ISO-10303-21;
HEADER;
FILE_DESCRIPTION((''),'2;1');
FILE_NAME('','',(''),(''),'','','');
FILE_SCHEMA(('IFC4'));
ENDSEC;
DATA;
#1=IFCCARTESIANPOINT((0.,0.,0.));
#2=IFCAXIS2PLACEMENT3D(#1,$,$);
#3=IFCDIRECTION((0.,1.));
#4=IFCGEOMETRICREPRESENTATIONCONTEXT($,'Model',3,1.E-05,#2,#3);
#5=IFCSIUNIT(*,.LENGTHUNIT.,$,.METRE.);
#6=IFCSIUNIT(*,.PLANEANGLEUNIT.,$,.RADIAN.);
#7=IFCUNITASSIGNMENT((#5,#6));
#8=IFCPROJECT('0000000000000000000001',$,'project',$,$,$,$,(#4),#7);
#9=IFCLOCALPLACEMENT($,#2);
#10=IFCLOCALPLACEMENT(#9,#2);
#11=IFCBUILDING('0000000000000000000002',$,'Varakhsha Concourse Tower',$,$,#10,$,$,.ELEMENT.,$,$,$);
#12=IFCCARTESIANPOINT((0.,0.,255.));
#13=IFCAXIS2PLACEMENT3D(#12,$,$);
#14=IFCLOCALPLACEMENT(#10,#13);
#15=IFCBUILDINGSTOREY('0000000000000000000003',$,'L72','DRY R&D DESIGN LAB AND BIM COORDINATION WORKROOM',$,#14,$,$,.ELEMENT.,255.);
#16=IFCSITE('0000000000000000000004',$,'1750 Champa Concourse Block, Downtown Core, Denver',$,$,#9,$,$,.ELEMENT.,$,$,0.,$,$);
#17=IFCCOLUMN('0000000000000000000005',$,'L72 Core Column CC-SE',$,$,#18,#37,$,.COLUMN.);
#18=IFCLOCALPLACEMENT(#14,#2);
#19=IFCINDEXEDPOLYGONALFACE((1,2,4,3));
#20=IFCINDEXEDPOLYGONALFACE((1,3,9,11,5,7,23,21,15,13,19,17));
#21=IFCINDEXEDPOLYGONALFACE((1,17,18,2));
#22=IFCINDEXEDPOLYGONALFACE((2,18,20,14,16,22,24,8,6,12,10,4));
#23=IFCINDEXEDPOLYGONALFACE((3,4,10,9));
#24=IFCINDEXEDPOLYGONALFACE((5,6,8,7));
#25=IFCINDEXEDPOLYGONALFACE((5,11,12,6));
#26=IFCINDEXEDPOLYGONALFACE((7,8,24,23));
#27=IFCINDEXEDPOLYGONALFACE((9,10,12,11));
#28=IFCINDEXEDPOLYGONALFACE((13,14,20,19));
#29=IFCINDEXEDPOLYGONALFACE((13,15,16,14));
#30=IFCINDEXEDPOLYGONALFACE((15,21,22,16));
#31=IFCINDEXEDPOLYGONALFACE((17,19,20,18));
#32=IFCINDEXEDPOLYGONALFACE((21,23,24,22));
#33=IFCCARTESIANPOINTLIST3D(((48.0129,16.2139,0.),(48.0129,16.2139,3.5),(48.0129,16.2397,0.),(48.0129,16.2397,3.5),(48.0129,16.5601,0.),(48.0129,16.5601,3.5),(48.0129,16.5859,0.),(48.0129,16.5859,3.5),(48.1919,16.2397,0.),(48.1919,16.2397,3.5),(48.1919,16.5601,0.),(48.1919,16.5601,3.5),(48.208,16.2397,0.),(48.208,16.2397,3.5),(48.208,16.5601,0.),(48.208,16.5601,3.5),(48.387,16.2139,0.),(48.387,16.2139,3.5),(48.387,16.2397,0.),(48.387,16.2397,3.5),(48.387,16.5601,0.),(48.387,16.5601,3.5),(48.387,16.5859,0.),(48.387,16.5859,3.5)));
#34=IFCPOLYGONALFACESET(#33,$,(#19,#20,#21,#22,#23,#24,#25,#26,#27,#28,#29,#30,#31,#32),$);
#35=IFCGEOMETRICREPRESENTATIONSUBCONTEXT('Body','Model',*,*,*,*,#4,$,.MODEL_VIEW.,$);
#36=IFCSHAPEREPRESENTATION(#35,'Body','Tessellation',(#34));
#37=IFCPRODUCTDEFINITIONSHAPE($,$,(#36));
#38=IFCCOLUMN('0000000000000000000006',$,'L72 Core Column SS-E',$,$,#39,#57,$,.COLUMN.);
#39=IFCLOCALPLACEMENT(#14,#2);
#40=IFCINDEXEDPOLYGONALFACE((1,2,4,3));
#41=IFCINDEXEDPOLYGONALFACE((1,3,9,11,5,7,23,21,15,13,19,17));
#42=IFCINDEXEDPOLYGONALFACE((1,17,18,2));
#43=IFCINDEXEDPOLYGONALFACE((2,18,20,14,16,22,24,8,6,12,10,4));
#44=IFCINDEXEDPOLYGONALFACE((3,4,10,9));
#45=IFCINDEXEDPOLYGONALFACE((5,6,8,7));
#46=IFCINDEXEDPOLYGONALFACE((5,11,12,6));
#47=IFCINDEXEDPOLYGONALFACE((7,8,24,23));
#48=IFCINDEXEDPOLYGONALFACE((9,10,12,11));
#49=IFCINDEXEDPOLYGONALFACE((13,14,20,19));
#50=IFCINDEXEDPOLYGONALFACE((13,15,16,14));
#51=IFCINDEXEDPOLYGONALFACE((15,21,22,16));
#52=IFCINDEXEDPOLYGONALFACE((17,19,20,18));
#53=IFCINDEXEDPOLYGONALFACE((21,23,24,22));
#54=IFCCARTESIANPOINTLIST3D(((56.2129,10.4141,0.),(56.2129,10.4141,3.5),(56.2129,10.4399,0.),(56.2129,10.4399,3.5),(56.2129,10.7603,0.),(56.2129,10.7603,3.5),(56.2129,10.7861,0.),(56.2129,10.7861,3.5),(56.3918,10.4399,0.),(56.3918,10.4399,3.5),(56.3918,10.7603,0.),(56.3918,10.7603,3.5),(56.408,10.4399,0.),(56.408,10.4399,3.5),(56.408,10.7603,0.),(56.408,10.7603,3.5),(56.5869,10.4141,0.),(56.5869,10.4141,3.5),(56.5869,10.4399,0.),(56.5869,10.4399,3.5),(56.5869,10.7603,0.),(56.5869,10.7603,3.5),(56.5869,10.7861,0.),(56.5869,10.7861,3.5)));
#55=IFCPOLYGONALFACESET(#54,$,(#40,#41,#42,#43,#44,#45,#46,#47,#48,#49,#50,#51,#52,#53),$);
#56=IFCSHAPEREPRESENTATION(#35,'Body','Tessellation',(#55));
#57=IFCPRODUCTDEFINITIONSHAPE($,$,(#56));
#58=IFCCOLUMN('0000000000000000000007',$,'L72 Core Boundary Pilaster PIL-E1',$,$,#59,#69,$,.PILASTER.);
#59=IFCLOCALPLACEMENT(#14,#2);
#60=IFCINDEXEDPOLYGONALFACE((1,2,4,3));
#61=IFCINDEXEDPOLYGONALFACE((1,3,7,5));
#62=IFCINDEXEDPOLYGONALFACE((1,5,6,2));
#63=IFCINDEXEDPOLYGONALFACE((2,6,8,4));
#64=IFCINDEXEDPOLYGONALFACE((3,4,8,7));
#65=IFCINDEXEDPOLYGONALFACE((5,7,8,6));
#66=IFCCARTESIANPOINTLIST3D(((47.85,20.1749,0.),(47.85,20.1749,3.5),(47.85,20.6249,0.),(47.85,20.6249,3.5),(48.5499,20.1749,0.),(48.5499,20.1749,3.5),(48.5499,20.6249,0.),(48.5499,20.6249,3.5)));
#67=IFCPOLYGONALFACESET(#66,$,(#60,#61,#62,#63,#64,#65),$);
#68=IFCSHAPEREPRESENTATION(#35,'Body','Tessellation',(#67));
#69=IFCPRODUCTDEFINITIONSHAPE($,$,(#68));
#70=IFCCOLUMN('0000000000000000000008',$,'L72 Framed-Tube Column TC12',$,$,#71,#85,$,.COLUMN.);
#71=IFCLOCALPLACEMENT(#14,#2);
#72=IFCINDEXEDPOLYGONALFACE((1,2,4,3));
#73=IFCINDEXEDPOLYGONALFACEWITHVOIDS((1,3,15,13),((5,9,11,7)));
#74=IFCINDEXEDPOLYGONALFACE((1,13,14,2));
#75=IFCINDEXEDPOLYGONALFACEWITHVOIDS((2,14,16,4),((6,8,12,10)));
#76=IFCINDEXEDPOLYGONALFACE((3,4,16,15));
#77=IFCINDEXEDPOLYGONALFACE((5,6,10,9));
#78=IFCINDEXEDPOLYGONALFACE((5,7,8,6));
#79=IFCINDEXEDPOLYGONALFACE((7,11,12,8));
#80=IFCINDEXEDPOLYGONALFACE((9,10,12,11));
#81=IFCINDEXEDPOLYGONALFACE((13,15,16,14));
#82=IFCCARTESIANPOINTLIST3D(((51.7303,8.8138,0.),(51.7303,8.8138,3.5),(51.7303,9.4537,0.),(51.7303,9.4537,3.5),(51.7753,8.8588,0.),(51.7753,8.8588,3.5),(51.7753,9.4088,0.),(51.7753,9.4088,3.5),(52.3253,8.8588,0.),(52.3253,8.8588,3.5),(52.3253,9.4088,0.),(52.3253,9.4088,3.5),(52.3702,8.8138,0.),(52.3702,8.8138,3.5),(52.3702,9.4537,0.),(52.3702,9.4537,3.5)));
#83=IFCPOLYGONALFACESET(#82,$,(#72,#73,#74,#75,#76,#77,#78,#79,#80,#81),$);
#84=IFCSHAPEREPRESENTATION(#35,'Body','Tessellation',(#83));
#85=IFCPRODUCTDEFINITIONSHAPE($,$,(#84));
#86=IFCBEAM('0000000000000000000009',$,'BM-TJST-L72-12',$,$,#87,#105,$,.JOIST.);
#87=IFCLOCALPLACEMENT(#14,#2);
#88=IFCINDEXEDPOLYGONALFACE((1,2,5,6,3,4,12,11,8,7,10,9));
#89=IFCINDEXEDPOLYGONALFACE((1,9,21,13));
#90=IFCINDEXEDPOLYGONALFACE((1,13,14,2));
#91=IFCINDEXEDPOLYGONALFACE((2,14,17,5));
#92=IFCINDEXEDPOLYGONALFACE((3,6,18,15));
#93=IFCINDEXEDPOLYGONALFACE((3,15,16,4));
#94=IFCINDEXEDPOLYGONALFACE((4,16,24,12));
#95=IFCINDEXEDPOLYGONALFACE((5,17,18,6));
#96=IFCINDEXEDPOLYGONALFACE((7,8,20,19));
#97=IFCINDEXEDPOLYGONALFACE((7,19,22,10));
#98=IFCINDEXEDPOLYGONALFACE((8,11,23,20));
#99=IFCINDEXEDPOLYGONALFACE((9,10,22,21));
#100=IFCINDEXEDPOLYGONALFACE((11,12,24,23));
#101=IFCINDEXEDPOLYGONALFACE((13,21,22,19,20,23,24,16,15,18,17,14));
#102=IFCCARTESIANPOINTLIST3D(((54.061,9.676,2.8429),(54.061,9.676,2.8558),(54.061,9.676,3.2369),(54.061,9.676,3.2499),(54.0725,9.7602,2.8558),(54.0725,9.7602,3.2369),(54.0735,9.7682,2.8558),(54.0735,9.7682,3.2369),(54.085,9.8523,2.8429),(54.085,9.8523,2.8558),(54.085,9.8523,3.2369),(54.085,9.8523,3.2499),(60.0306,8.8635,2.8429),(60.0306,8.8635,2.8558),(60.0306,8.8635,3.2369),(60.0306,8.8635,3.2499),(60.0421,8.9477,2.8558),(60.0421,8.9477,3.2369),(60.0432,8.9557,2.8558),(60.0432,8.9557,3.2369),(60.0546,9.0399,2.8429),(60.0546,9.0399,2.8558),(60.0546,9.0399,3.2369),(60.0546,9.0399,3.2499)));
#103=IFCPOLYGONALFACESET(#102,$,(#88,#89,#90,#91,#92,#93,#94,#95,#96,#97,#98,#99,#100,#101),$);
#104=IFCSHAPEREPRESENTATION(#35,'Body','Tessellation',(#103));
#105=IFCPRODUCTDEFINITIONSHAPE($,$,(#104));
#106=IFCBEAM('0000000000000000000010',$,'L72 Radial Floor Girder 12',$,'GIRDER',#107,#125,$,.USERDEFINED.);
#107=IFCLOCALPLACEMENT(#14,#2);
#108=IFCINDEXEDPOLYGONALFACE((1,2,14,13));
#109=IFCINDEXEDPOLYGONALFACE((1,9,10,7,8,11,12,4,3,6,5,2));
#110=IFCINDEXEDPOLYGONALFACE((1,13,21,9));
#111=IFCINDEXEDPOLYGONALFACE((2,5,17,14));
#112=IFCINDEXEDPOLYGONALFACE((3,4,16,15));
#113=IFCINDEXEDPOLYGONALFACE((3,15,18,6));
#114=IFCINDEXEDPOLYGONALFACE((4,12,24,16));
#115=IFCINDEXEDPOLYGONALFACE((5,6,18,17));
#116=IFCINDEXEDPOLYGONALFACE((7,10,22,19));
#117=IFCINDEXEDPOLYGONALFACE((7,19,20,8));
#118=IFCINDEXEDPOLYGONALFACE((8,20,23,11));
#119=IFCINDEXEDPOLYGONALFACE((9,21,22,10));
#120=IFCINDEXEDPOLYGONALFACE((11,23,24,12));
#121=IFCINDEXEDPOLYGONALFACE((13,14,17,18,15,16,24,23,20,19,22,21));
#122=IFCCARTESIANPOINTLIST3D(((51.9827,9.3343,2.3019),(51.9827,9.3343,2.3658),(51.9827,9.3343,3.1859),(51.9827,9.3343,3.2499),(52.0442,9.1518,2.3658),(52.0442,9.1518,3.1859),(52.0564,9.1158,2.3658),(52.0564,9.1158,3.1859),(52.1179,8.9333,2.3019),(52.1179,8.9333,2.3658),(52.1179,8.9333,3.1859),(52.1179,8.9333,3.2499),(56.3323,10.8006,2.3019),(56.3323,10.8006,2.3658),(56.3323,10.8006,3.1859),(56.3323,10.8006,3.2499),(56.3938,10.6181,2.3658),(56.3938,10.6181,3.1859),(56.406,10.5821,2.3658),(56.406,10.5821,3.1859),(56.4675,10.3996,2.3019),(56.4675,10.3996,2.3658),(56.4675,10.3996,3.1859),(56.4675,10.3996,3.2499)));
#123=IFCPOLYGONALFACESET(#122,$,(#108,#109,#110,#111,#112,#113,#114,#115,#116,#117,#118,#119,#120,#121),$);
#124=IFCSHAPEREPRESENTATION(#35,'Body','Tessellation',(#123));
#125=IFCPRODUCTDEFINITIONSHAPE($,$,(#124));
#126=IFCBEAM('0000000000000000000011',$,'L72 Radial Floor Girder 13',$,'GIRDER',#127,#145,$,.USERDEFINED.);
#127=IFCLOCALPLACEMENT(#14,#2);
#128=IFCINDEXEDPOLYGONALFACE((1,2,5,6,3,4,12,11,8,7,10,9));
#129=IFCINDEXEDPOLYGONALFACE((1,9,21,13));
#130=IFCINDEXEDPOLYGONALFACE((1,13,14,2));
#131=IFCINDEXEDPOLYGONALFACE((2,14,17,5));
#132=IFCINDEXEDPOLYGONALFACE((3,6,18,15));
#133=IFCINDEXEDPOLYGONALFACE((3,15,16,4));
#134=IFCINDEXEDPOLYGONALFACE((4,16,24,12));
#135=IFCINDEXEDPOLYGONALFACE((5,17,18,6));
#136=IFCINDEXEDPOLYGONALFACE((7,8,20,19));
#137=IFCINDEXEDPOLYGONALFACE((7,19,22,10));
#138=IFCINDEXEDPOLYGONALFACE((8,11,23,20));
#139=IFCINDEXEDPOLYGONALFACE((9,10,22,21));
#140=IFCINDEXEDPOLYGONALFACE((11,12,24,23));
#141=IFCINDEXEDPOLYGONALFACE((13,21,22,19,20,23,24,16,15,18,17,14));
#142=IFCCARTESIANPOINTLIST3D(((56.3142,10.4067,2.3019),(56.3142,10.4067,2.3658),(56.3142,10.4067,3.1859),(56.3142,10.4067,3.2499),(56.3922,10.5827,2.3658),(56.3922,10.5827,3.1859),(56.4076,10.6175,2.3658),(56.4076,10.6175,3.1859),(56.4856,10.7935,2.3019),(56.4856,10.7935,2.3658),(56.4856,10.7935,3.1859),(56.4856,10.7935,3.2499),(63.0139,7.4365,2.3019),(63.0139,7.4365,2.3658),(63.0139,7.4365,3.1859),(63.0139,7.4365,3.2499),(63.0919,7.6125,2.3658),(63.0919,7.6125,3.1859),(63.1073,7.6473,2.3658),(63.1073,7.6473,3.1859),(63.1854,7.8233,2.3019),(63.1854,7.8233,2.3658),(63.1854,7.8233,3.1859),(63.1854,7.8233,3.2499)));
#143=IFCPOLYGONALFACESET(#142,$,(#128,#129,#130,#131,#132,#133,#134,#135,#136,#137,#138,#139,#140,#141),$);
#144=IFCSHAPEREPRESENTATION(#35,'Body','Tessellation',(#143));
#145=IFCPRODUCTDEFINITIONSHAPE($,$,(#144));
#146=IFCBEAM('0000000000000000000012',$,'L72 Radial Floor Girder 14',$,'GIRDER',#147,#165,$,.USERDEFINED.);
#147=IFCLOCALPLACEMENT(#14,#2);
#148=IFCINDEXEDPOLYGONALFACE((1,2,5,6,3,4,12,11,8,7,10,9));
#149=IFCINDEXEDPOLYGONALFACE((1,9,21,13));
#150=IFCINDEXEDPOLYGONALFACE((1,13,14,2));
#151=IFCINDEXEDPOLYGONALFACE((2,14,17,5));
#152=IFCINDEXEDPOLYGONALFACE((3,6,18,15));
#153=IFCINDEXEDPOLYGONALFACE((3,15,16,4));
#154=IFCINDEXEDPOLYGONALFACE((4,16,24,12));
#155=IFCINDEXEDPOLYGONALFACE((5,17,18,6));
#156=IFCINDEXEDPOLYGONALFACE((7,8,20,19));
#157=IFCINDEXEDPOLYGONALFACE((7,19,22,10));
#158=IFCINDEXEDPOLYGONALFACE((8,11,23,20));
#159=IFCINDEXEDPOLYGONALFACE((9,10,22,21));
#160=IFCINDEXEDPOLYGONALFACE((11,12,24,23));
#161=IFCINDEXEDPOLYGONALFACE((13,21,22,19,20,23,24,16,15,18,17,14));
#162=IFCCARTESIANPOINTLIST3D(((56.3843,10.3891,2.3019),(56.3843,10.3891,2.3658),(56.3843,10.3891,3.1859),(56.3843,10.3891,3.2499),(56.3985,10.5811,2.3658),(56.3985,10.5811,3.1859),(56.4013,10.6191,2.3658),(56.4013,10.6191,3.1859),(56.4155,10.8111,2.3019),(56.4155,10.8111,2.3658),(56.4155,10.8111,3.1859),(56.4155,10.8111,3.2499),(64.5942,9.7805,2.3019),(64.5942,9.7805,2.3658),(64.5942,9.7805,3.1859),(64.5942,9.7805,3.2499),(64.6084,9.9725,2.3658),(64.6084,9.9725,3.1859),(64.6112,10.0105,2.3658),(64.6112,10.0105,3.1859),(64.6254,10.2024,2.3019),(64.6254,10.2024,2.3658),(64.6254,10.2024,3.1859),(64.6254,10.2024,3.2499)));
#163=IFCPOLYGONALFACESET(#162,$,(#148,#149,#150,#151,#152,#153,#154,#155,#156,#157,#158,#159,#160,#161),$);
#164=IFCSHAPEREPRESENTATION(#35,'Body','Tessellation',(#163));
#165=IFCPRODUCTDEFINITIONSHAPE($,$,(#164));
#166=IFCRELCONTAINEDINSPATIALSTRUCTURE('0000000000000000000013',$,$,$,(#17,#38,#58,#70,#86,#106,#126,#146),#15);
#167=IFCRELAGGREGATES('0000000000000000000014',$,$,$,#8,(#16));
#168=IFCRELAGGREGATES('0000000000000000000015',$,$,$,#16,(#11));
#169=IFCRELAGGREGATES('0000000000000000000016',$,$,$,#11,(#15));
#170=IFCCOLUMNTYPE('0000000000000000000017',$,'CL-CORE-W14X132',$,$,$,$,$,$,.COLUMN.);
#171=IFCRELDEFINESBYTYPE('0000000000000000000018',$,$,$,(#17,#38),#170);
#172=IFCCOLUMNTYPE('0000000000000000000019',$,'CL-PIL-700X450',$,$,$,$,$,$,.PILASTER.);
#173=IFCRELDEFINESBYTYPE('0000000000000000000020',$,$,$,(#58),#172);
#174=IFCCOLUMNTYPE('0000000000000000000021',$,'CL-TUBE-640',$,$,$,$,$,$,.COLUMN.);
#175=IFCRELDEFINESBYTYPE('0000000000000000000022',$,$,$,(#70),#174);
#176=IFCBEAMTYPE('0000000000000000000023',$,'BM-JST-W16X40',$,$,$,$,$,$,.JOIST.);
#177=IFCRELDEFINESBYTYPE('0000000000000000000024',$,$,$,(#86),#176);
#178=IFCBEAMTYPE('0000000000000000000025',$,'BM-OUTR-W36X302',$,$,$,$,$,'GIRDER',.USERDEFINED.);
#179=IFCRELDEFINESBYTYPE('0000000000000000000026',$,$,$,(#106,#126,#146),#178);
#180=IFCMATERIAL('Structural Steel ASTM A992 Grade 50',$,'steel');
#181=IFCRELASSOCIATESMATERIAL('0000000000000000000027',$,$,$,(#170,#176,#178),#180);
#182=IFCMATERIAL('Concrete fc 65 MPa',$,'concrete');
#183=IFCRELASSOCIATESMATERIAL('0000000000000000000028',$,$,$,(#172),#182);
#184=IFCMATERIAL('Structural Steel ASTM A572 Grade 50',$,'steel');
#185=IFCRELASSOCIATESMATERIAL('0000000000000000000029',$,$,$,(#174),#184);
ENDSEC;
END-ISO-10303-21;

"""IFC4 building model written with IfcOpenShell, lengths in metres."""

from ifc_helpers import new_model, si_unit, direction, frame, origin, origin_2d, place, context, subcontext, project, spatial, rectangle, hollow_rectangle, i_section, extrude, material, material_profile, profile_set, type_object, element, save


model = new_model("IFC4")

# Units and contexts
model_context = context("Model", 3, precision=1e-05, world=origin(), true_north=direction((0.0, 1.0)))
body_context = subcontext(model_context, "Body", "Model", "MODEL_VIEW")
ifc_project = project(units=[si_unit("LENGTHUNIT", "METRE"), si_unit("PLANEANGLEUNIT", "RADIAN")], contexts=[model_context])

# Site, building, storey
site_placement = place(None, origin())
site = spatial("IfcSite", under=ifc_project, at=site_placement, Name="1750 Champa Concourse Block, Downtown Core, Denver", CompositionType="ELEMENT", RefElevation=0.0)
building_placement = place(site_placement, origin())
building = spatial("IfcBuilding", under=site, at=building_placement, Name="Varakhsha Concourse Tower", CompositionType="ELEMENT")
storey_placement = place(building_placement, frame((0.0, 0.0, 255.0)))
storey = spatial("IfcBuildingStorey", under=building, at=storey_placement, Name="L72", Description="DRY R&D DESIGN LAB AND BIM COORDINATION WORKROOM", CompositionType="ELEMENT", Elevation=255.0)

# Columns
ifc_material_1 = material(Name="Structural Steel ASTM A992 Grade 50", Category="steel")
ifc_material_profile_1 = material_profile(ifc_material_1, i_section(OverallWidth=0.374, OverallDepth=0.3721, WebThickness=0.0161, FlangeThickness=0.0259, at=origin_2d()), Name="W14X132")
ifc_profile_set_1 = profile_set([ifc_material_profile_1], Name="Structural Steel ASTM A992 Grade 50")
column_type_1 = type_object("IfcColumnType", Name="CL-CORE-W14X132", PredefinedType="COLUMN", material=ifc_profile_set_1)
for number, where, z_axis, x_axis, name in (
    (1, (48.2, 16.3999, 0.0), (0.0, 0.0, 1.0), (1.0, 0.0, 0.0), "L72 Core Column CC-SE"),
    (2, (56.3999, 10.6001, 0.0), (0.0, 0.0, 1.0), (1.0, 0.0, 0.0), "L72 Core Column SS-E"),
):
    element("IfcColumn", number, at=place(storey_placement, frame(where, z_axis=z_axis, x_axis=x_axis)), inside=storey, type_object=column_type_1, Name=name, PredefinedType="COLUMN", context=body_context, shape_type="SweptSolid", body=[
        extrude(i_section(OverallWidth=0.374, OverallDepth=0.3721, WebThickness=0.0161, FlangeThickness=0.0259, at=origin_2d()), origin(), (0.0, 0.0, 1.0), 3.5),
    ])
ifc_material_2 = material(Name="Concrete fc 65 MPa", Category="concrete")
ifc_material_profile_2 = material_profile(ifc_material_2, rectangle(XDim=0.7, YDim=0.45, at=origin_2d()), Name="RC 700x450")
ifc_profile_set_2 = profile_set([ifc_material_profile_2], Name="Concrete fc 65 MPa")
column_type_2 = type_object("IfcColumnType", Name="CL-PIL-700X450", PredefinedType="PILASTER", material=ifc_profile_set_2)
column_1_placement = place(storey_placement, frame((48.2, 20.3999, 0.0), z_axis=(0.0, 0.0, 1.0), x_axis=(1.0, 0.0, 0.0)))
element("IfcColumn", 3, at=column_1_placement, inside=storey, type_object=column_type_2, Name="L72 Core Boundary Pilaster PIL-E1", PredefinedType="PILASTER", context=body_context, shape_type="SweptSolid", body=[
    extrude(rectangle(XDim=0.7, YDim=0.45, at=origin_2d()), origin(), (0.0, 0.0, 1.0), 3.5),
])
ifc_material_3 = material(Name="Structural Steel ASTM A572 Grade 50", Category="steel")
ifc_material_profile_3 = material_profile(ifc_material_3, hollow_rectangle(XDim=0.6399, YDim=0.6399, WallThickness=0.0449, at=origin_2d()), Name="BOX 640x640x45")
ifc_profile_set_3 = profile_set([ifc_material_profile_3], Name="Structural Steel ASTM A572 Grade 50")
column_type_3 = type_object("IfcColumnType", Name="CL-TUBE-640", PredefinedType="COLUMN", material=ifc_profile_set_3)
column_2_placement = place(storey_placement, frame((52.0503, 9.1338, 0.0), z_axis=(0.0, 0.0, 1.0), x_axis=(1.0, 0.0, 0.0)))
element("IfcColumn", 4, at=column_2_placement, inside=storey, type_object=column_type_3, Name="L72 Framed-Tube Column TC12", PredefinedType="COLUMN", context=body_context, shape_type="SweptSolid", body=[
    extrude(hollow_rectangle(XDim=0.6399, YDim=0.6399, WallThickness=0.0449, at=origin_2d()), origin(), (0.0, 0.0, 1.0), 3.5),
])

# Beams
ifc_material_profile_4 = material_profile(ifc_material_1, i_section(OverallWidth=0.178, OverallDepth=0.407, WebThickness=0.0081, FlangeThickness=0.0129, at=origin_2d()), Name="W16X40")
ifc_profile_set_4 = profile_set([ifc_material_profile_4], Name="Structural Steel ASTM A992 Grade 50")
beam_type_1 = type_object("IfcBeamType", Name="BM-JST-W16X40", PredefinedType="JOIST", material=ifc_profile_set_4)
beam_1_placement = place(storey_placement, frame((54.073, 9.7642, 3.0464), z_axis=(0.990865, -0.13486, 0.0), x_axis=(0.13486, 0.990865, 0.0)))
element("IfcBeam", 5, at=beam_1_placement, inside=storey, type_object=beam_type_1, Name="BM-TJST-L72-12", PredefinedType="JOIST", context=body_context, shape_type="SweptSolid", body=[
    extrude(i_section(OverallWidth=0.178, OverallDepth=0.407, WebThickness=0.0081, FlangeThickness=0.0129, at=origin_2d()), origin(), (0.0, 0.0, 1.0), 6.0247),
])
ifc_material_profile_5 = material_profile(ifc_material_1, i_section(OverallWidth=0.4231, OverallDepth=0.948, WebThickness=0.0381, FlangeThickness=0.064, at=origin_2d()), Name="W36X302")
ifc_profile_set_5 = profile_set([ifc_material_profile_5], Name="Structural Steel ASTM A992 Grade 50")
beam_type_2 = type_object("IfcBeamType", Name="BM-OUTR-W36X302", ElementType="GIRDER", PredefinedType="USERDEFINED", material=ifc_profile_set_5)
beam_2_placement = place(storey_placement, frame((56.3999, 10.6001, 2.7759), z_axis=(-0.947603, -0.319449, 0.0), x_axis=(0.319449, -0.947603, 0.0)))
element("IfcBeam", 6, at=beam_2_placement, inside=storey, type_object=beam_type_2, Name="L72 Radial Floor Girder 12", ObjectType="GIRDER", PredefinedType="USERDEFINED", context=body_context, shape_type="SweptSolid", body=[
    extrude(i_section(OverallWidth=0.4231, OverallDepth=0.948, WebThickness=0.0381, FlangeThickness=0.064, at=origin_2d()), origin(), (0.0, 0.0, 1.0), 4.5901),
])
beam_3_placement = place(storey_placement, frame((56.3999, 10.6001, 2.7759), z_axis=(0.914188, -0.405291, 0.0), x_axis=(0.405291, 0.914188, 0.0)))
element("IfcBeam", 7, at=beam_3_placement, inside=storey, type_object=beam_type_2, Name="L72 Radial Floor Girder 13", ObjectType="GIRDER", PredefinedType="USERDEFINED", context=body_context, shape_type="SweptSolid", body=[
    extrude(i_section(OverallWidth=0.4231, OverallDepth=0.948, WebThickness=0.0381, FlangeThickness=0.064, at=origin_2d()), origin(), (0.0, 0.0, 1.0), 7.3286),
])
beam_4_placement = place(storey_placement, frame((56.3999, 10.6001, 2.7759), z_axis=(0.997263, -0.073932, 0.0), x_axis=(0.073932, 0.997263, 0.0)))
element("IfcBeam", 8, at=beam_4_placement, inside=storey, type_object=beam_type_2, Name="L72 Radial Floor Girder 14", ObjectType="GIRDER", PredefinedType="USERDEFINED", context=body_context, shape_type="SweptSolid", body=[
    extrude(i_section(OverallWidth=0.4231, OverallDepth=0.948, WebThickness=0.0381, FlangeThickness=0.064, at=origin_2d()), origin(), (0.0, 0.0, 1.0), 8.2324),
])

save(model, "model.ifc")
